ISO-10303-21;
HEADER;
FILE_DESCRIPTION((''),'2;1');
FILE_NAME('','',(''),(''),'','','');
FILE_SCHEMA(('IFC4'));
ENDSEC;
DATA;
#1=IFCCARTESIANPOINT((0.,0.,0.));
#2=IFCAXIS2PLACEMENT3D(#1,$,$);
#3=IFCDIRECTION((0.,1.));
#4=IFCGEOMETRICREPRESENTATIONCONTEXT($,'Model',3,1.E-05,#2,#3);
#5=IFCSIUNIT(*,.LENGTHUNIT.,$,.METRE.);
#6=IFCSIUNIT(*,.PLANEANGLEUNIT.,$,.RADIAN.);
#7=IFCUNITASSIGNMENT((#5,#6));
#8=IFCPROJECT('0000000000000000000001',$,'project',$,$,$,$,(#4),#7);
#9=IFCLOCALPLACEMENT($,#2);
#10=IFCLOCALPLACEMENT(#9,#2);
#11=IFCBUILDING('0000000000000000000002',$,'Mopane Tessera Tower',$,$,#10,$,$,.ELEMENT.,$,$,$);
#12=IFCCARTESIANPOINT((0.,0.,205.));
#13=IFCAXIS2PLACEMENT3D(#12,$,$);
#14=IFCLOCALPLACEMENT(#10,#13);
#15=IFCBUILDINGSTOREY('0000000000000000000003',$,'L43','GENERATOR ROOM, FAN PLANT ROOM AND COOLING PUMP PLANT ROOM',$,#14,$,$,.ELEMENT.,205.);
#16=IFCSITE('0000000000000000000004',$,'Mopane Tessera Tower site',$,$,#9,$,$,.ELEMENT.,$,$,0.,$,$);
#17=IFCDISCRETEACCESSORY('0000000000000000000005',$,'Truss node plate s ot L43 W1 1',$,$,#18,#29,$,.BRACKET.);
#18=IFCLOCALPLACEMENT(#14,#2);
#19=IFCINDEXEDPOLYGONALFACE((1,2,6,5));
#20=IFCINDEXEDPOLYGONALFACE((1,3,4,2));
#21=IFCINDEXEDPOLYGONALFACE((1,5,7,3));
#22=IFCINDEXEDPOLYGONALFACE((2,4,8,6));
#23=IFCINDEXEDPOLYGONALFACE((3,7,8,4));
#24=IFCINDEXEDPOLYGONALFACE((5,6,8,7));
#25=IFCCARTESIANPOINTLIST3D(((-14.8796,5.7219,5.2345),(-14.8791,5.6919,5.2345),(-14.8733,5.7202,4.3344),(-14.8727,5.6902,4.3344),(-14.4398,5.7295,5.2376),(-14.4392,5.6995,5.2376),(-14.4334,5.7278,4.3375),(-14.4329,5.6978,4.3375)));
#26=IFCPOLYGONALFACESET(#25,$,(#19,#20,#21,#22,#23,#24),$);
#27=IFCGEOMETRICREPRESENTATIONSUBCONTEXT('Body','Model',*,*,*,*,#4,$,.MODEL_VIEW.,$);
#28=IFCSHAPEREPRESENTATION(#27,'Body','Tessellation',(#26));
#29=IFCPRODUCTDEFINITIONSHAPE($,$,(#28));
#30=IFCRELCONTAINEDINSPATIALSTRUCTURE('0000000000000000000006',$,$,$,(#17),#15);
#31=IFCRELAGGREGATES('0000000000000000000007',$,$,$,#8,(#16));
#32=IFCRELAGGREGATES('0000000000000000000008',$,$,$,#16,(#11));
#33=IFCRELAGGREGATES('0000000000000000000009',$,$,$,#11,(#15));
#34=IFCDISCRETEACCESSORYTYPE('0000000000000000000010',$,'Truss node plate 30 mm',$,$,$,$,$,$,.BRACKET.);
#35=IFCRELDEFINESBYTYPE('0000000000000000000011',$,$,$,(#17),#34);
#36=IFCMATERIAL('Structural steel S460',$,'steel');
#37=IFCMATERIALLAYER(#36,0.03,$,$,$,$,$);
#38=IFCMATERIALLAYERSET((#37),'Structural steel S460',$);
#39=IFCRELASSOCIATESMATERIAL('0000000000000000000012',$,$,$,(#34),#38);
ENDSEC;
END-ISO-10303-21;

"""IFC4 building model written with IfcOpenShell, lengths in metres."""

from ifc_helpers import new_model, si_unit, direction, frame, origin, origin_2d, place, context, subcontext, project, spatial, rectangle, extrude, material, layer, layer_set, type_object, element, save


model = new_model("IFC4")

# Units and contexts
model_context = context("Model", 3, precision=1e-05, world=origin(), true_north=direction((0.0, 1.0)))
body_context = subcontext(model_context, "Body", "Model", "MODEL_VIEW")
ifc_project = project(units=[si_unit("LENGTHUNIT", "METRE"), si_unit("PLANEANGLEUNIT", "RADIAN")], contexts=[model_context])

# Site, building, storey
site_placement = place(None, origin())
site = spatial("IfcSite", under=ifc_project, at=site_placement, Name="Mopane Tessera Tower site", CompositionType="ELEMENT", RefElevation=0.0)
building_placement = place(site_placement, origin())
building = spatial("IfcBuilding", under=site, at=building_placement, Name="Mopane Tessera Tower", CompositionType="ELEMENT")
storey_placement = place(building_placement, frame((0.0, 0.0, 205.0)))
storey = spatial("IfcBuildingStorey", under=building, at=storey_placement, Name="L43", Description="GENERATOR ROOM, FAN PLANT ROOM AND COOLING PUMP PLANT ROOM", CompositionType="ELEMENT", Elevation=205.0)

# Discrete accessory
ifc_material_1 = material(Name="Structural steel S460", Category="steel")
ifc_layer_1 = layer(ifc_material_1, 0.03)
ifc_layer_set_1 = layer_set([ifc_layer_1], Name="Structural steel S460")
discrete_accessory_type_1 = type_object("IfcDiscreteAccessoryType", Name="Truss node plate 30 mm", PredefinedType="BRACKET", material=ifc_layer_set_1)
discrete_accessory_1_placement = place(storey_placement, frame((-14.6531, 5.709, 4.3359), z_axis=(-0.007052, 0.001899, 0.999973), x_axis=(0.017347, -0.999847, 0.002021)))
element("IfcDiscreteAccessory", 1, at=discrete_accessory_1_placement, inside=storey, type_object=discrete_accessory_type_1, Name="Truss node plate s ot L43 W1 1", PredefinedType="BRACKET", context=body_context, shape_type="SweptSolid", body=[
    extrude(rectangle(XDim=0.03, YDim=0.4399, at=origin_2d()), origin(), (0.0, 0.0, 1.0), 0.9001),
])

save(model, "model.ifc")
